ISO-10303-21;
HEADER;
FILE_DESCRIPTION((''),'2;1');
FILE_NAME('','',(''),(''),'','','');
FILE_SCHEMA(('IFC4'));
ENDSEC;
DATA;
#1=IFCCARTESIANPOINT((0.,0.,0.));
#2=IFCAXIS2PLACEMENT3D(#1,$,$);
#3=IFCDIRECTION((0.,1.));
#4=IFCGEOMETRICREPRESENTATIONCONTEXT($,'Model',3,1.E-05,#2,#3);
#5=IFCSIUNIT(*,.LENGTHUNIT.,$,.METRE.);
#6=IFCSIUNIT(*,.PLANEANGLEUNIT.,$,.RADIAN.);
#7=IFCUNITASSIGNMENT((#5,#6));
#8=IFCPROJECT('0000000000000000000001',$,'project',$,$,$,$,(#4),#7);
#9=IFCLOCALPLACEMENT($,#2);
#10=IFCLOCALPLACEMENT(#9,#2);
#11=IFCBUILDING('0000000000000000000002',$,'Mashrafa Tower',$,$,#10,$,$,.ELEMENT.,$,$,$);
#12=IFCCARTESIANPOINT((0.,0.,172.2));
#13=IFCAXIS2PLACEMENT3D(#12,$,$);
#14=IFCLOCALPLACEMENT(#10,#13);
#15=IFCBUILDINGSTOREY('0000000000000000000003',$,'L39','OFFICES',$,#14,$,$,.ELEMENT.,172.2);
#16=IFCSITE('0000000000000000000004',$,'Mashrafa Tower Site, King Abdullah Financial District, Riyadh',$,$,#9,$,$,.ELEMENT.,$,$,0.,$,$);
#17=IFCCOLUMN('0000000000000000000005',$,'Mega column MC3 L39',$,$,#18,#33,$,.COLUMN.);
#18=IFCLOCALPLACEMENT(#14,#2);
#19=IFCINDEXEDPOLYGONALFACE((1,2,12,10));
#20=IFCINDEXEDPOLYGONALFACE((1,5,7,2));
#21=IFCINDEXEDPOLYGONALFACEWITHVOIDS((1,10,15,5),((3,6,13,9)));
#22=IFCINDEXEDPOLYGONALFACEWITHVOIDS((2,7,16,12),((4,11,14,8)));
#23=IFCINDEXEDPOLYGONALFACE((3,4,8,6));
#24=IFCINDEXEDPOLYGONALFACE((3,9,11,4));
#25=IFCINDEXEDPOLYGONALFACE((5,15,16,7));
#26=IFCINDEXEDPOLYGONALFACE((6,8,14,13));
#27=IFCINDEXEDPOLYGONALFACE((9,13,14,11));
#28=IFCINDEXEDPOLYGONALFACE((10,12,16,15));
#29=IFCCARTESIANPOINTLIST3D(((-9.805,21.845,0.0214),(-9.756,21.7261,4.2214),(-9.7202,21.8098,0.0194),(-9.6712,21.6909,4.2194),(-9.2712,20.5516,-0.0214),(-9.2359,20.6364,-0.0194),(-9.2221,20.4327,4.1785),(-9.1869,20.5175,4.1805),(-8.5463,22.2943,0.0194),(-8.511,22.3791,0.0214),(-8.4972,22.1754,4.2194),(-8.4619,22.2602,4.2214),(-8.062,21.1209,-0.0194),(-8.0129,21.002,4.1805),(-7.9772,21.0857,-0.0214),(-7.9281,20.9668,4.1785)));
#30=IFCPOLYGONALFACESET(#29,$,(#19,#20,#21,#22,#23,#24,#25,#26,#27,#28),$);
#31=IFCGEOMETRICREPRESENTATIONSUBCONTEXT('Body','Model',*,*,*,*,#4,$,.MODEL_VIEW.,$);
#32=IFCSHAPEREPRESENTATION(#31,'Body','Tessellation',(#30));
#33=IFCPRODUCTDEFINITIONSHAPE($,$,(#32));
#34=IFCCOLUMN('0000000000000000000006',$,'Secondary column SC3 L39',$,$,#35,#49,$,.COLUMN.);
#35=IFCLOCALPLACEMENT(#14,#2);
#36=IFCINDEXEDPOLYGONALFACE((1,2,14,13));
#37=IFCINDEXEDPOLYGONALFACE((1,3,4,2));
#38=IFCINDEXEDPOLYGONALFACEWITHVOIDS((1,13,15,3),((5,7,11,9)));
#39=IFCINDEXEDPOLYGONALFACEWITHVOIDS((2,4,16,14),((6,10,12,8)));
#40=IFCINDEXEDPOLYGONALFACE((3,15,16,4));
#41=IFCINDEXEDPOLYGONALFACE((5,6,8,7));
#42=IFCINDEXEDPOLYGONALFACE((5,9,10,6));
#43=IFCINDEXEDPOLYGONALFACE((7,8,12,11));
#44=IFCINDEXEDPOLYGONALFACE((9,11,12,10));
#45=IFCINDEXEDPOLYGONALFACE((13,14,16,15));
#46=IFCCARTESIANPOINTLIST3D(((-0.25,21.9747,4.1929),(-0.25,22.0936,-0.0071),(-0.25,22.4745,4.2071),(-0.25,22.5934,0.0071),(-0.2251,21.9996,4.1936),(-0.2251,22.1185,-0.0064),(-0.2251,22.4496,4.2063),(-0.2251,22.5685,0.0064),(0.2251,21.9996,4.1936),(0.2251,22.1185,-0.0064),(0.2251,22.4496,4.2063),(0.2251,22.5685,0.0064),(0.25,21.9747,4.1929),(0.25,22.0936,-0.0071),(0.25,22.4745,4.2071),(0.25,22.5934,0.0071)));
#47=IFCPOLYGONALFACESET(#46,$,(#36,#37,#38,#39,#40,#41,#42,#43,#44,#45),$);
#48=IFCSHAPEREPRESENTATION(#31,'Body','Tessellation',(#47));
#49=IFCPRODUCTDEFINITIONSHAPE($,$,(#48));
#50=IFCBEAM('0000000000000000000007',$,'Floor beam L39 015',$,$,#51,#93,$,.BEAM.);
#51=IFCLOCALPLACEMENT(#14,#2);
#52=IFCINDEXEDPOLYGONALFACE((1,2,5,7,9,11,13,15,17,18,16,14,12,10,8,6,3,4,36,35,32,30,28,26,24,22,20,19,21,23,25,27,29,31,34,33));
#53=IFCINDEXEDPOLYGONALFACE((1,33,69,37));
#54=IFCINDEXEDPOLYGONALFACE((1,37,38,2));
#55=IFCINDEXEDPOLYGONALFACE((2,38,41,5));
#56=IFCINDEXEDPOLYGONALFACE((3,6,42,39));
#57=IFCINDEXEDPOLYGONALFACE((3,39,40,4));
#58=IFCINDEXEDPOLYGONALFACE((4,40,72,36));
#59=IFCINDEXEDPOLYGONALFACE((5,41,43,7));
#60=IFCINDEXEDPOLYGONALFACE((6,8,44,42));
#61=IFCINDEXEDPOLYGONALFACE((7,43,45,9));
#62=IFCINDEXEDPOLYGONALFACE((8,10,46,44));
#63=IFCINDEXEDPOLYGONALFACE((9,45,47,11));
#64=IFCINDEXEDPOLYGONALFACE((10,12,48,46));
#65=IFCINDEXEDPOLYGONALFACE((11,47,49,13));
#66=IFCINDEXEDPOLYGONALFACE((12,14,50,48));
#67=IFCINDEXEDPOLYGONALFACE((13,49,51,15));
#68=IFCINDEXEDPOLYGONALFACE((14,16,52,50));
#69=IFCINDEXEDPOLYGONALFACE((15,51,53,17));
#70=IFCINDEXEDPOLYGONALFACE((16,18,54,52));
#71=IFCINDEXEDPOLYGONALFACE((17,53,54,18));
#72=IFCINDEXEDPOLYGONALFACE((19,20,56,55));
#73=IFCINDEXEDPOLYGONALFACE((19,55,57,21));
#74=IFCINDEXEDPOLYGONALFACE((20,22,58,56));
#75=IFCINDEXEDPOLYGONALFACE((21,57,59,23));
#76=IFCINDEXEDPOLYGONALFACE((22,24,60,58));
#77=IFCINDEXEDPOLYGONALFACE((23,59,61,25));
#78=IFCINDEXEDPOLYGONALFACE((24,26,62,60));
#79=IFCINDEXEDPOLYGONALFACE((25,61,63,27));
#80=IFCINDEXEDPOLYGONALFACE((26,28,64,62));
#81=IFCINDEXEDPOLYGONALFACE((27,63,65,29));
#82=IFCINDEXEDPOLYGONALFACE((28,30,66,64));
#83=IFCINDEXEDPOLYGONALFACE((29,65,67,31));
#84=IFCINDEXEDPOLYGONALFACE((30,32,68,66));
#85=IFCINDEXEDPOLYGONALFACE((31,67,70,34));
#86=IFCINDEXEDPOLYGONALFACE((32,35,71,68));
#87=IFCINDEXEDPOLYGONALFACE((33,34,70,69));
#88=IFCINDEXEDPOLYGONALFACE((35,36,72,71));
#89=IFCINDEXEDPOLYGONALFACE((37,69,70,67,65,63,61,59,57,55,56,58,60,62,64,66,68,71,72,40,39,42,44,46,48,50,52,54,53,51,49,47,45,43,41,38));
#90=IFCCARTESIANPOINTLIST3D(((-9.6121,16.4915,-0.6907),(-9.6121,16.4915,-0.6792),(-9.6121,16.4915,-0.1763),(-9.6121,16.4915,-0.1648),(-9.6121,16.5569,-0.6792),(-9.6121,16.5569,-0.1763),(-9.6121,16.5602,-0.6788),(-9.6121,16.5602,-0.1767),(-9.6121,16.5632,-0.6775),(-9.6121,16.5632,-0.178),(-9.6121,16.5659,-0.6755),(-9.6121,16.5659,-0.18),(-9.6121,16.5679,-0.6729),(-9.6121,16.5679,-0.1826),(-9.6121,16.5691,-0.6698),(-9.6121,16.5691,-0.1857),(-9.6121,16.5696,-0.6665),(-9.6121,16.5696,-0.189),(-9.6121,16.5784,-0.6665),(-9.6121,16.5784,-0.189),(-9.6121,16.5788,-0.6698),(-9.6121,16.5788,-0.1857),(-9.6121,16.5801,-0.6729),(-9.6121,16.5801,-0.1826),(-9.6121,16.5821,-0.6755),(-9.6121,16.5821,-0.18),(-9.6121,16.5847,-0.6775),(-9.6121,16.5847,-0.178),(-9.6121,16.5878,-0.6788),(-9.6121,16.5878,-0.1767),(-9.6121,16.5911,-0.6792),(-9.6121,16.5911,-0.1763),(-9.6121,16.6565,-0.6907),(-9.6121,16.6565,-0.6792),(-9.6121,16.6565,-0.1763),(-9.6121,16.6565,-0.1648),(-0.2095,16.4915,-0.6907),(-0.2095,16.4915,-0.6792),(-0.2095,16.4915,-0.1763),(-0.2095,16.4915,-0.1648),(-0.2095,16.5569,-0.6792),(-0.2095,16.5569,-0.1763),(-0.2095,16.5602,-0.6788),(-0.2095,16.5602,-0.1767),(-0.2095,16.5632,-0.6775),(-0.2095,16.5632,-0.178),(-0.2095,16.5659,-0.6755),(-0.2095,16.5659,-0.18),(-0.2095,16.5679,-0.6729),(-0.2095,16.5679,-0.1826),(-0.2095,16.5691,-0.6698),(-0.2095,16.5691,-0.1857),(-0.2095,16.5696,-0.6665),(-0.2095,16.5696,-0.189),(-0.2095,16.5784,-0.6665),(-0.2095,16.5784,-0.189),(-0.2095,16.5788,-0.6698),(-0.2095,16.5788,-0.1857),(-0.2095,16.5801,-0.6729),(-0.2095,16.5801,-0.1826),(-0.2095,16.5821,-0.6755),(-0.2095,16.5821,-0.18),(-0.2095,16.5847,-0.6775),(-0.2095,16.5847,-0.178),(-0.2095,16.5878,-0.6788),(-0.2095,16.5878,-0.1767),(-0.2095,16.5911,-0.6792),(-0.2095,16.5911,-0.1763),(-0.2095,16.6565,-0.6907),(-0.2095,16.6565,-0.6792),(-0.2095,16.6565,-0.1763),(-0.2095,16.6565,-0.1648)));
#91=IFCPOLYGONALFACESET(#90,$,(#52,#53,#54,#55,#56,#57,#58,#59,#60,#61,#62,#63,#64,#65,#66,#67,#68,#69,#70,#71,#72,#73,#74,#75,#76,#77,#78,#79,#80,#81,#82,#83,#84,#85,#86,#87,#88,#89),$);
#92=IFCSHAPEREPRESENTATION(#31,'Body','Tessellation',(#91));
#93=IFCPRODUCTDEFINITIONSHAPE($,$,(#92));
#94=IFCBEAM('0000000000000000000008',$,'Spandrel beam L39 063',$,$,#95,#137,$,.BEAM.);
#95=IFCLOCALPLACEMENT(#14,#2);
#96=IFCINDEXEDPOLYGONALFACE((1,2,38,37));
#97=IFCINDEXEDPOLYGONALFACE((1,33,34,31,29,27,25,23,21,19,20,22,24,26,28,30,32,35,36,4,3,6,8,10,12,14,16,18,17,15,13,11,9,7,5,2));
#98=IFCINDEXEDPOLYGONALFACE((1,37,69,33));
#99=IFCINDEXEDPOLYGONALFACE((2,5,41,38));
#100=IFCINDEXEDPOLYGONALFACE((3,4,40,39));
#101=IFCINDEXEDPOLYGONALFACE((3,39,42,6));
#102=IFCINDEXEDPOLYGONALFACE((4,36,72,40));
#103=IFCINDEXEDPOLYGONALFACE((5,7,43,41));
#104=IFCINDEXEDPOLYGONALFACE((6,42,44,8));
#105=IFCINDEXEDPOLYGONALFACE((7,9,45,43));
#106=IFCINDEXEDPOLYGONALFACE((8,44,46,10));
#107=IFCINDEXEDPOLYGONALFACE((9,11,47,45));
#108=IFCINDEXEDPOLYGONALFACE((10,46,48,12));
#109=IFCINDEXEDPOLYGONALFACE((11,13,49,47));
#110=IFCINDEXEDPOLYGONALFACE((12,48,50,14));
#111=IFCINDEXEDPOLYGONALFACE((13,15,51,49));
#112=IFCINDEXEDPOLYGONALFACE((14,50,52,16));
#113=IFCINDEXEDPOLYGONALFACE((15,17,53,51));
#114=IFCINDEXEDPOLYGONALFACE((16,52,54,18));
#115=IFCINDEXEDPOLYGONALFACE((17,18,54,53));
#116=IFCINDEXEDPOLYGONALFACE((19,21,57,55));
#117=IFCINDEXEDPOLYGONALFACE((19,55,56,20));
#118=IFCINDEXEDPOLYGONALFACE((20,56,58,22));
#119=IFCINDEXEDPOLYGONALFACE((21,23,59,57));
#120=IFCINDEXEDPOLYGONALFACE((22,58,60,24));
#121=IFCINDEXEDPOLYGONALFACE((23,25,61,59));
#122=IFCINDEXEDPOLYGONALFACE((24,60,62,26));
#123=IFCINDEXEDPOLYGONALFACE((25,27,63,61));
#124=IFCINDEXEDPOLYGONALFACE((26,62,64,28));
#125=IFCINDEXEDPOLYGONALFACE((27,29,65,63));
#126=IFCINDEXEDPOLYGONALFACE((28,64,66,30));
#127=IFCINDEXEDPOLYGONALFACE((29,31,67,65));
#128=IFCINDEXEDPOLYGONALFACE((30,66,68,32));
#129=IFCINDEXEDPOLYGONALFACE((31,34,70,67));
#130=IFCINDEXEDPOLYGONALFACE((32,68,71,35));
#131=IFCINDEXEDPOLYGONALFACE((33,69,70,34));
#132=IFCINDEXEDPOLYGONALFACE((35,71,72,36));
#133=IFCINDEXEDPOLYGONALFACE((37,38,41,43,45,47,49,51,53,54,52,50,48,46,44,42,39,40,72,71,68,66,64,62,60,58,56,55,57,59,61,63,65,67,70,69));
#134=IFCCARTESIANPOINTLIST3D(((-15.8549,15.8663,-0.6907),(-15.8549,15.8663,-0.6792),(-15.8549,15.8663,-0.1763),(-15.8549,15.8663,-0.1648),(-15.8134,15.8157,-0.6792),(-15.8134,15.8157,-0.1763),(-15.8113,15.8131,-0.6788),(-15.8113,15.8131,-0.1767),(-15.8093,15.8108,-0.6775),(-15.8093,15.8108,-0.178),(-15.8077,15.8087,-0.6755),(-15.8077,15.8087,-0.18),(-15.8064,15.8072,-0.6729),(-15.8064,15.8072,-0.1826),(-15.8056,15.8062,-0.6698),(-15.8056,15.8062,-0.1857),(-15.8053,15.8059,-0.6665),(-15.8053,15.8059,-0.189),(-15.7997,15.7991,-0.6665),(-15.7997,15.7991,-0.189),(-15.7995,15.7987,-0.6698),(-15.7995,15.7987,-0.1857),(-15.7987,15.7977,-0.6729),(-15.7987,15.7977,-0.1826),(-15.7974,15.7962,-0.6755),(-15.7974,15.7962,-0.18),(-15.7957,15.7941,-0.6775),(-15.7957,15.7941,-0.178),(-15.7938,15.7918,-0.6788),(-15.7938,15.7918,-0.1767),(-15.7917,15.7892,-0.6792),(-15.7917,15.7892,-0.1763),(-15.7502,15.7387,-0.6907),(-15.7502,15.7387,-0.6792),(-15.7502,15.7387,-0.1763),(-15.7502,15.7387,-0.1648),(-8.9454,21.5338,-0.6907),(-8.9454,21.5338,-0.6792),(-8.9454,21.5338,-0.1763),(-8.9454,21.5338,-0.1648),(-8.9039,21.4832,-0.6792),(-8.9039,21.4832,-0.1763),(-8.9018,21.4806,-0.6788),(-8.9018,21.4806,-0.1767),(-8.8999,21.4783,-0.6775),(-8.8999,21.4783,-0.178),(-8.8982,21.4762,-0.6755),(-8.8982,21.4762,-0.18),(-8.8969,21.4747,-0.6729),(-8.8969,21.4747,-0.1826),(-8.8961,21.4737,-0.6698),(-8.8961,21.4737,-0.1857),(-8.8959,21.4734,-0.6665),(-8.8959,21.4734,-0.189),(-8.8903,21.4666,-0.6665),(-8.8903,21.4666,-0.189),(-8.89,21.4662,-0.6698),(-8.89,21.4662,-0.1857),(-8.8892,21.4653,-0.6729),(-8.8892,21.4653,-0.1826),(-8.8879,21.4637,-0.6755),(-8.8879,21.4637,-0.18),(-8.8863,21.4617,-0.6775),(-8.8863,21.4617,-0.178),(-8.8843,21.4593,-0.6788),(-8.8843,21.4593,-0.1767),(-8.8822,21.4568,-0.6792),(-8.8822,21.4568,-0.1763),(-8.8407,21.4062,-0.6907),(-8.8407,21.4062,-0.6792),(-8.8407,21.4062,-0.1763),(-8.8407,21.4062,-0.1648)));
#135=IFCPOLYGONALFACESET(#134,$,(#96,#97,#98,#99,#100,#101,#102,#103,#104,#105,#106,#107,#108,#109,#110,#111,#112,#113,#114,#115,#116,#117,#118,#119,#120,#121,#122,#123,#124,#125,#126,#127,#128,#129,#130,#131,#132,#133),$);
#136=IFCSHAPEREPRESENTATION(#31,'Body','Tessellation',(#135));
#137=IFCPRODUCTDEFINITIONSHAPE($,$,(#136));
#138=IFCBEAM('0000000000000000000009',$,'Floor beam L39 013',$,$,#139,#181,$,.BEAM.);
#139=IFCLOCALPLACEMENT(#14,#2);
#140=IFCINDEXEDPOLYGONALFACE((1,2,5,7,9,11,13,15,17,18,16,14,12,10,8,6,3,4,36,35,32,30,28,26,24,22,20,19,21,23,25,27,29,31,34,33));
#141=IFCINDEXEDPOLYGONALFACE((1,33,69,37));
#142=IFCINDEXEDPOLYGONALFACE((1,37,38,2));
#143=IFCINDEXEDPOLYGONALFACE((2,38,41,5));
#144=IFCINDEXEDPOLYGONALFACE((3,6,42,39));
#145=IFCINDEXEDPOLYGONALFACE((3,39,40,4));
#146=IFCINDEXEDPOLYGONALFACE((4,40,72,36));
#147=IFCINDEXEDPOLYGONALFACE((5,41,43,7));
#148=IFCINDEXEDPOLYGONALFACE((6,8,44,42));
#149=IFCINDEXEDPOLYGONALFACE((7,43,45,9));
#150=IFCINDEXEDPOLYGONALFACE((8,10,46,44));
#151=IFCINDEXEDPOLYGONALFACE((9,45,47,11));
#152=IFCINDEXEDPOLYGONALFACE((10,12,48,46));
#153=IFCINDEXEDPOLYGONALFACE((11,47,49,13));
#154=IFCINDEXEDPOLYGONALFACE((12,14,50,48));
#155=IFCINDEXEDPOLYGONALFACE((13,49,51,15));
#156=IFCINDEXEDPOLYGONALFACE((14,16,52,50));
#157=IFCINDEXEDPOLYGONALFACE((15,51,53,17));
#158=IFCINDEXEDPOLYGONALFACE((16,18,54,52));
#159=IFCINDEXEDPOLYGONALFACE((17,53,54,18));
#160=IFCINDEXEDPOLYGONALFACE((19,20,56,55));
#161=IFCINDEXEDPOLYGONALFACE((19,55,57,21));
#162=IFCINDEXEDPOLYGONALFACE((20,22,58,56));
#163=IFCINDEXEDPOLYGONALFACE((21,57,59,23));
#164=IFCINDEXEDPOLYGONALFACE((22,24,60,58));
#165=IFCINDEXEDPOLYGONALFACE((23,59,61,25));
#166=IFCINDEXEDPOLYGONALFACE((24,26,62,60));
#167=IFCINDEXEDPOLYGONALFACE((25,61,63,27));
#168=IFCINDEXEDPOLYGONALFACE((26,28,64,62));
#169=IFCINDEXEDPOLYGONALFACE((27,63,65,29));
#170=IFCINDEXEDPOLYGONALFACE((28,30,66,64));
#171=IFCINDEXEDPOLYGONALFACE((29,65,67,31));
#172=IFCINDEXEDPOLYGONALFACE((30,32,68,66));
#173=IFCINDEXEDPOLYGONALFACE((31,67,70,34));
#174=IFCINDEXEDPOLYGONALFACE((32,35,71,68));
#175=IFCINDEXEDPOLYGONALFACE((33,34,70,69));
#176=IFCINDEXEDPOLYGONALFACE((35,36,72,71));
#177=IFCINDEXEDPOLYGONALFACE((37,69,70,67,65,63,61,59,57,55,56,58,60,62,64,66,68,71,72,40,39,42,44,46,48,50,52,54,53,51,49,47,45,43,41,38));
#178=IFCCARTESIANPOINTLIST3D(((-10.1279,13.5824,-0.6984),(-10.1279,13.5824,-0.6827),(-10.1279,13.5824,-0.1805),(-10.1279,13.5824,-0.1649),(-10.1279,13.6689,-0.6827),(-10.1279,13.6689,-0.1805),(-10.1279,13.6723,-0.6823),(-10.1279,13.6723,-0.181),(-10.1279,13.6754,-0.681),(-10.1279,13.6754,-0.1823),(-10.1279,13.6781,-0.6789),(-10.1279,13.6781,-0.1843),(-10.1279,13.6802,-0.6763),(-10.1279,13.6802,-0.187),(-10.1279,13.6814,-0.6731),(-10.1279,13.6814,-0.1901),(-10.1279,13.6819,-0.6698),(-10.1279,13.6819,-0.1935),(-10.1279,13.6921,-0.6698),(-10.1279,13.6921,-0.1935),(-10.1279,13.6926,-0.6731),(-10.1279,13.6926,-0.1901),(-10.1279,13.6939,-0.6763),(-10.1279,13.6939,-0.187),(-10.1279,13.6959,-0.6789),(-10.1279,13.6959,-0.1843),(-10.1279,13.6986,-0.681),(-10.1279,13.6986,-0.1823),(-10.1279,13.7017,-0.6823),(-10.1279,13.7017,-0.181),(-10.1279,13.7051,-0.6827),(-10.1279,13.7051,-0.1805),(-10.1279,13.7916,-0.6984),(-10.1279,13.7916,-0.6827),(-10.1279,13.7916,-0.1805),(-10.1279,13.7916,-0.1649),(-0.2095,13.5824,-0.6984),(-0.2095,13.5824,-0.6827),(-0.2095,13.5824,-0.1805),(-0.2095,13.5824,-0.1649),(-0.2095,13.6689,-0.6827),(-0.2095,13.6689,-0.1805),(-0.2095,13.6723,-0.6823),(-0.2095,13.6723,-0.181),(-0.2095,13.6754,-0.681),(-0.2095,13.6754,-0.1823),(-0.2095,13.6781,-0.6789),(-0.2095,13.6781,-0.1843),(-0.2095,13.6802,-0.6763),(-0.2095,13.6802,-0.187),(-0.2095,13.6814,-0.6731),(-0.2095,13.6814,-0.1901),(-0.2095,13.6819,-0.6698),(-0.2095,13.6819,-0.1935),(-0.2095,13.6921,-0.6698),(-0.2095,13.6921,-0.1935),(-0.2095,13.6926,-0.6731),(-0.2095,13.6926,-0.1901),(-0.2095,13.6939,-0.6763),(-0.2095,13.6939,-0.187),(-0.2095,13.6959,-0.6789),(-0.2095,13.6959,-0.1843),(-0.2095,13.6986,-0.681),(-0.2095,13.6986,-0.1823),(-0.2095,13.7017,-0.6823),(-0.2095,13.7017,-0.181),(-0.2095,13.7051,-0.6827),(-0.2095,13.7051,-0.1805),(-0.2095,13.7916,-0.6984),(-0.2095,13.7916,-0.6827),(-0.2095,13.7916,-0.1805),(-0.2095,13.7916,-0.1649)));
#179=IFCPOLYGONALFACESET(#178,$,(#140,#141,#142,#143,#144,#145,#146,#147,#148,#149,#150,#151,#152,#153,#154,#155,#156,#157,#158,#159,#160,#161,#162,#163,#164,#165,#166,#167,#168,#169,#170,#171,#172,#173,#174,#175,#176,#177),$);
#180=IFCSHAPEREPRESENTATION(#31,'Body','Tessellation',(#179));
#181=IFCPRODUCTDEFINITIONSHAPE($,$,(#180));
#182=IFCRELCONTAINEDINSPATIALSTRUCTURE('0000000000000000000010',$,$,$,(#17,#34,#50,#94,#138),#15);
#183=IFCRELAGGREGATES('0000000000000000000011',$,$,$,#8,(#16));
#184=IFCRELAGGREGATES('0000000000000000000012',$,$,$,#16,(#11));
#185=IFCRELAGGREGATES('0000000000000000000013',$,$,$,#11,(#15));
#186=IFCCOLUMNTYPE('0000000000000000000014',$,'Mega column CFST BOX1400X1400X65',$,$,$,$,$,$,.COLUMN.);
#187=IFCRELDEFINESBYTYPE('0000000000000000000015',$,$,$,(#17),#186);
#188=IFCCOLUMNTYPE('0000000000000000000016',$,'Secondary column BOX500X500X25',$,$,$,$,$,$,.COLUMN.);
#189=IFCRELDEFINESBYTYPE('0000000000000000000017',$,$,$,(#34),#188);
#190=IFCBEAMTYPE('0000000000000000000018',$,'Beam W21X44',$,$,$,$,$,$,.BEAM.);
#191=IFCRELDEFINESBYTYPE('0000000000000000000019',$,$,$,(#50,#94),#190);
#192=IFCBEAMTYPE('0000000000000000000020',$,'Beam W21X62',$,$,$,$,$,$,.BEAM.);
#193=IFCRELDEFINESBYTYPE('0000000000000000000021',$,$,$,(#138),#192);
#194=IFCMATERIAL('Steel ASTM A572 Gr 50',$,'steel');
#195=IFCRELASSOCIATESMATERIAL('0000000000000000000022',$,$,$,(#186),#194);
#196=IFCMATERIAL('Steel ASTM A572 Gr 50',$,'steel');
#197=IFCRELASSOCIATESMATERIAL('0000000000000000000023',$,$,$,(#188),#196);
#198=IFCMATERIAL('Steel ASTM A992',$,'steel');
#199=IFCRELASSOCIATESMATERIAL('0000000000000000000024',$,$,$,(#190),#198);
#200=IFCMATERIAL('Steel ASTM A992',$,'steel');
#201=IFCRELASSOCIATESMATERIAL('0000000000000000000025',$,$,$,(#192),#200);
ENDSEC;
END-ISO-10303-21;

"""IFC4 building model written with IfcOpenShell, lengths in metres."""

from ifc_helpers import new_model, si_unit, direction, frame, origin, origin_2d, place, context, subcontext, project, spatial, hollow_rectangle, i_section, extrude, material, material_profile, profile_set, type_object, element, save


model = new_model("IFC4")

# Units and contexts
model_context = context("Model", 3, precision=1e-05, world=origin(), true_north=direction((0.0, 1.0)))
body_context = subcontext(model_context, "Body", "Model", "MODEL_VIEW")
ifc_project = project(units=[si_unit("LENGTHUNIT", "METRE"), si_unit("PLANEANGLEUNIT", "RADIAN")], contexts=[model_context])

# Site, building, storey
site_placement = place(None, origin())
site = spatial("IfcSite", under=ifc_project, at=site_placement, Name="Mashrafa Tower Site, King Abdullah Financial District, Riyadh", CompositionType="ELEMENT", RefElevation=0.0)
building_placement = place(site_placement, origin())
building = spatial("IfcBuilding", under=site, at=building_placement, Name="Mashrafa Tower", CompositionType="ELEMENT")
storey_placement = place(building_placement, frame((0.0, 0.0, 172.2)))
storey = spatial("IfcBuildingStorey", under=building, at=storey_placement, Name="L39", Description="OFFICES", CompositionType="ELEMENT", Elevation=172.2)

# Columns
ifc_material_1 = material(Name="Steel ASTM A572 Gr 50", Category="steel")
ifc_material_profile_1 = material_profile(ifc_material_1, hollow_rectangle(XDim=1.3999, YDim=1.3999, WallThickness=0.0649, at=origin_2d()), Name="BOX1400X1400X65")
ifc_profile_set_1 = profile_set([ifc_material_profile_1], Name="Steel ASTM A572 Gr 50")
column_type_1 = type_object("IfcColumnType", Name="Mega column CFST BOX1400X1400X65", PredefinedType="COLUMN", material=ifc_profile_set_1)
column_1_placement = place(storey_placement, frame((-8.8911, 21.4653, 0.0), z_axis=(0.011679, -0.028296, 0.999531), x_axis=(0.924363, 0.381513, 0.0)))
element("IfcColumn", 1, at=column_1_placement, inside=storey, type_object=column_type_1, Name="Mega column MC3 L39", PredefinedType="COLUMN", context=body_context, shape_type="SweptSolid", body=[
    extrude(hollow_rectangle(XDim=1.3999, YDim=1.3999, WallThickness=0.0649, at=origin_2d()), origin(), (0.0, 0.0, 1.0), 4.2019),
])
ifc_material_2 = material(Name="Steel ASTM A572 Gr 50", Category="steel")
ifc_material_profile_2 = material_profile(ifc_material_2, hollow_rectangle(XDim=0.5, YDim=0.5, WallThickness=0.0249, at=origin_2d()), Name="BOX500X500X25")
ifc_profile_set_2 = profile_set([ifc_material_profile_2], Name="Steel ASTM A572 Gr 50")
column_type_2 = type_object("IfcColumnType", Name="Secondary column BOX500X500X25", PredefinedType="COLUMN", material=ifc_profile_set_2)
column_2_placement = place(storey_placement, frame((0.0, 22.3435, 0.0), z_axis=(0.0, -0.028298, 0.9996), x_axis=(1.0, 0.0, 0.0)))
element("IfcColumn", 2, at=column_2_placement, inside=storey, type_object=column_type_2, Name="Secondary column SC3 L39", PredefinedType="COLUMN", context=body_context, shape_type="SweptSolid", body=[
    extrude(hollow_rectangle(XDim=0.5, YDim=0.5, WallThickness=0.0249, at=origin_2d()), origin(), (0.0, 0.0, 1.0), 4.2017),
])

# Beams
ifc_material_3 = material(Name="Steel ASTM A992", Category="steel")
ifc_material_profile_3 = material_profile(ifc_material_3, i_section(OverallWidth=0.165, OverallDepth=0.5259, WebThickness=0.0088, FlangeThickness=0.0115, FilletRadius=0.0127, at=origin_2d()), Name="W21X44")
ifc_profile_set_3 = profile_set([ifc_material_profile_3], Name="Steel ASTM A992")
beam_type_1 = type_object("IfcBeamType", Name="Beam W21X44", PredefinedType="BEAM", material=ifc_profile_set_3)
beam_1_placement = place(storey_placement, frame((-9.6121, 16.574, -0.4277), z_axis=(1.0, 0.0, 0.0), x_axis=(0.0, 1.0, 0.0)))
element("IfcBeam", 3, at=beam_1_placement, inside=storey, type_object=beam_type_1, Name="Floor beam L39 015", PredefinedType="BEAM", context=body_context, shape_type="SweptSolid", body=[
    extrude(i_section(OverallWidth=0.165, OverallDepth=0.5259, WebThickness=0.0088, FlangeThickness=0.0115, FilletRadius=0.0127, at=origin_2d()), origin(), (0.0, 0.0, 1.0), 9.4026),
])
beam_2_placement = place(storey_placement, frame((-8.8931, 21.47, -0.4277), z_axis=(-0.773172, -0.634197, 0.0), x_axis=(0.634197, -0.773172, 0.0)))
element("IfcBeam", 4, at=beam_2_placement, inside=storey, type_object=beam_type_1, Name="Spandrel beam L39 063", PredefinedType="BEAM", context=body_context, shape_type="SweptSolid", body=[
    extrude(i_section(OverallWidth=0.165, OverallDepth=0.5259, WebThickness=0.0088, FlangeThickness=0.0115, FilletRadius=0.0127, at=origin_2d()), origin(), (0.0, 0.0, 1.0), 8.9365),
])
ifc_material_4 = material(Name="Steel ASTM A992", Category="steel")
ifc_material_profile_4 = material_profile(ifc_material_4, i_section(OverallWidth=0.2092, OverallDepth=0.5334, WebThickness=0.0103, FlangeThickness=0.0156, FilletRadius=0.0129, at=origin_2d()), Name="W21X62")
ifc_profile_set_4 = profile_set([ifc_material_profile_4], Name="Steel ASTM A992")
beam_type_2 = type_object("IfcBeamType", Name="Beam W21X62", PredefinedType="BEAM", material=ifc_profile_set_4)
beam_3_placement = place(storey_placement, frame((-10.1279, 13.687, -0.4316), z_axis=(1.0, 0.0, 0.0), x_axis=(0.0, 1.0, 0.0)))
element("IfcBeam", 5, at=beam_3_placement, inside=storey, type_object=beam_type_2, Name="Floor beam L39 013", PredefinedType="BEAM", context=body_context, shape_type="SweptSolid", body=[
    extrude(i_section(OverallWidth=0.2092, OverallDepth=0.5334, WebThickness=0.0103, FlangeThickness=0.0156, FilletRadius=0.0129, at=origin_2d()), origin(), (0.0, 0.0, 1.0), 9.9185),
])

save(model, "model.ifc")
